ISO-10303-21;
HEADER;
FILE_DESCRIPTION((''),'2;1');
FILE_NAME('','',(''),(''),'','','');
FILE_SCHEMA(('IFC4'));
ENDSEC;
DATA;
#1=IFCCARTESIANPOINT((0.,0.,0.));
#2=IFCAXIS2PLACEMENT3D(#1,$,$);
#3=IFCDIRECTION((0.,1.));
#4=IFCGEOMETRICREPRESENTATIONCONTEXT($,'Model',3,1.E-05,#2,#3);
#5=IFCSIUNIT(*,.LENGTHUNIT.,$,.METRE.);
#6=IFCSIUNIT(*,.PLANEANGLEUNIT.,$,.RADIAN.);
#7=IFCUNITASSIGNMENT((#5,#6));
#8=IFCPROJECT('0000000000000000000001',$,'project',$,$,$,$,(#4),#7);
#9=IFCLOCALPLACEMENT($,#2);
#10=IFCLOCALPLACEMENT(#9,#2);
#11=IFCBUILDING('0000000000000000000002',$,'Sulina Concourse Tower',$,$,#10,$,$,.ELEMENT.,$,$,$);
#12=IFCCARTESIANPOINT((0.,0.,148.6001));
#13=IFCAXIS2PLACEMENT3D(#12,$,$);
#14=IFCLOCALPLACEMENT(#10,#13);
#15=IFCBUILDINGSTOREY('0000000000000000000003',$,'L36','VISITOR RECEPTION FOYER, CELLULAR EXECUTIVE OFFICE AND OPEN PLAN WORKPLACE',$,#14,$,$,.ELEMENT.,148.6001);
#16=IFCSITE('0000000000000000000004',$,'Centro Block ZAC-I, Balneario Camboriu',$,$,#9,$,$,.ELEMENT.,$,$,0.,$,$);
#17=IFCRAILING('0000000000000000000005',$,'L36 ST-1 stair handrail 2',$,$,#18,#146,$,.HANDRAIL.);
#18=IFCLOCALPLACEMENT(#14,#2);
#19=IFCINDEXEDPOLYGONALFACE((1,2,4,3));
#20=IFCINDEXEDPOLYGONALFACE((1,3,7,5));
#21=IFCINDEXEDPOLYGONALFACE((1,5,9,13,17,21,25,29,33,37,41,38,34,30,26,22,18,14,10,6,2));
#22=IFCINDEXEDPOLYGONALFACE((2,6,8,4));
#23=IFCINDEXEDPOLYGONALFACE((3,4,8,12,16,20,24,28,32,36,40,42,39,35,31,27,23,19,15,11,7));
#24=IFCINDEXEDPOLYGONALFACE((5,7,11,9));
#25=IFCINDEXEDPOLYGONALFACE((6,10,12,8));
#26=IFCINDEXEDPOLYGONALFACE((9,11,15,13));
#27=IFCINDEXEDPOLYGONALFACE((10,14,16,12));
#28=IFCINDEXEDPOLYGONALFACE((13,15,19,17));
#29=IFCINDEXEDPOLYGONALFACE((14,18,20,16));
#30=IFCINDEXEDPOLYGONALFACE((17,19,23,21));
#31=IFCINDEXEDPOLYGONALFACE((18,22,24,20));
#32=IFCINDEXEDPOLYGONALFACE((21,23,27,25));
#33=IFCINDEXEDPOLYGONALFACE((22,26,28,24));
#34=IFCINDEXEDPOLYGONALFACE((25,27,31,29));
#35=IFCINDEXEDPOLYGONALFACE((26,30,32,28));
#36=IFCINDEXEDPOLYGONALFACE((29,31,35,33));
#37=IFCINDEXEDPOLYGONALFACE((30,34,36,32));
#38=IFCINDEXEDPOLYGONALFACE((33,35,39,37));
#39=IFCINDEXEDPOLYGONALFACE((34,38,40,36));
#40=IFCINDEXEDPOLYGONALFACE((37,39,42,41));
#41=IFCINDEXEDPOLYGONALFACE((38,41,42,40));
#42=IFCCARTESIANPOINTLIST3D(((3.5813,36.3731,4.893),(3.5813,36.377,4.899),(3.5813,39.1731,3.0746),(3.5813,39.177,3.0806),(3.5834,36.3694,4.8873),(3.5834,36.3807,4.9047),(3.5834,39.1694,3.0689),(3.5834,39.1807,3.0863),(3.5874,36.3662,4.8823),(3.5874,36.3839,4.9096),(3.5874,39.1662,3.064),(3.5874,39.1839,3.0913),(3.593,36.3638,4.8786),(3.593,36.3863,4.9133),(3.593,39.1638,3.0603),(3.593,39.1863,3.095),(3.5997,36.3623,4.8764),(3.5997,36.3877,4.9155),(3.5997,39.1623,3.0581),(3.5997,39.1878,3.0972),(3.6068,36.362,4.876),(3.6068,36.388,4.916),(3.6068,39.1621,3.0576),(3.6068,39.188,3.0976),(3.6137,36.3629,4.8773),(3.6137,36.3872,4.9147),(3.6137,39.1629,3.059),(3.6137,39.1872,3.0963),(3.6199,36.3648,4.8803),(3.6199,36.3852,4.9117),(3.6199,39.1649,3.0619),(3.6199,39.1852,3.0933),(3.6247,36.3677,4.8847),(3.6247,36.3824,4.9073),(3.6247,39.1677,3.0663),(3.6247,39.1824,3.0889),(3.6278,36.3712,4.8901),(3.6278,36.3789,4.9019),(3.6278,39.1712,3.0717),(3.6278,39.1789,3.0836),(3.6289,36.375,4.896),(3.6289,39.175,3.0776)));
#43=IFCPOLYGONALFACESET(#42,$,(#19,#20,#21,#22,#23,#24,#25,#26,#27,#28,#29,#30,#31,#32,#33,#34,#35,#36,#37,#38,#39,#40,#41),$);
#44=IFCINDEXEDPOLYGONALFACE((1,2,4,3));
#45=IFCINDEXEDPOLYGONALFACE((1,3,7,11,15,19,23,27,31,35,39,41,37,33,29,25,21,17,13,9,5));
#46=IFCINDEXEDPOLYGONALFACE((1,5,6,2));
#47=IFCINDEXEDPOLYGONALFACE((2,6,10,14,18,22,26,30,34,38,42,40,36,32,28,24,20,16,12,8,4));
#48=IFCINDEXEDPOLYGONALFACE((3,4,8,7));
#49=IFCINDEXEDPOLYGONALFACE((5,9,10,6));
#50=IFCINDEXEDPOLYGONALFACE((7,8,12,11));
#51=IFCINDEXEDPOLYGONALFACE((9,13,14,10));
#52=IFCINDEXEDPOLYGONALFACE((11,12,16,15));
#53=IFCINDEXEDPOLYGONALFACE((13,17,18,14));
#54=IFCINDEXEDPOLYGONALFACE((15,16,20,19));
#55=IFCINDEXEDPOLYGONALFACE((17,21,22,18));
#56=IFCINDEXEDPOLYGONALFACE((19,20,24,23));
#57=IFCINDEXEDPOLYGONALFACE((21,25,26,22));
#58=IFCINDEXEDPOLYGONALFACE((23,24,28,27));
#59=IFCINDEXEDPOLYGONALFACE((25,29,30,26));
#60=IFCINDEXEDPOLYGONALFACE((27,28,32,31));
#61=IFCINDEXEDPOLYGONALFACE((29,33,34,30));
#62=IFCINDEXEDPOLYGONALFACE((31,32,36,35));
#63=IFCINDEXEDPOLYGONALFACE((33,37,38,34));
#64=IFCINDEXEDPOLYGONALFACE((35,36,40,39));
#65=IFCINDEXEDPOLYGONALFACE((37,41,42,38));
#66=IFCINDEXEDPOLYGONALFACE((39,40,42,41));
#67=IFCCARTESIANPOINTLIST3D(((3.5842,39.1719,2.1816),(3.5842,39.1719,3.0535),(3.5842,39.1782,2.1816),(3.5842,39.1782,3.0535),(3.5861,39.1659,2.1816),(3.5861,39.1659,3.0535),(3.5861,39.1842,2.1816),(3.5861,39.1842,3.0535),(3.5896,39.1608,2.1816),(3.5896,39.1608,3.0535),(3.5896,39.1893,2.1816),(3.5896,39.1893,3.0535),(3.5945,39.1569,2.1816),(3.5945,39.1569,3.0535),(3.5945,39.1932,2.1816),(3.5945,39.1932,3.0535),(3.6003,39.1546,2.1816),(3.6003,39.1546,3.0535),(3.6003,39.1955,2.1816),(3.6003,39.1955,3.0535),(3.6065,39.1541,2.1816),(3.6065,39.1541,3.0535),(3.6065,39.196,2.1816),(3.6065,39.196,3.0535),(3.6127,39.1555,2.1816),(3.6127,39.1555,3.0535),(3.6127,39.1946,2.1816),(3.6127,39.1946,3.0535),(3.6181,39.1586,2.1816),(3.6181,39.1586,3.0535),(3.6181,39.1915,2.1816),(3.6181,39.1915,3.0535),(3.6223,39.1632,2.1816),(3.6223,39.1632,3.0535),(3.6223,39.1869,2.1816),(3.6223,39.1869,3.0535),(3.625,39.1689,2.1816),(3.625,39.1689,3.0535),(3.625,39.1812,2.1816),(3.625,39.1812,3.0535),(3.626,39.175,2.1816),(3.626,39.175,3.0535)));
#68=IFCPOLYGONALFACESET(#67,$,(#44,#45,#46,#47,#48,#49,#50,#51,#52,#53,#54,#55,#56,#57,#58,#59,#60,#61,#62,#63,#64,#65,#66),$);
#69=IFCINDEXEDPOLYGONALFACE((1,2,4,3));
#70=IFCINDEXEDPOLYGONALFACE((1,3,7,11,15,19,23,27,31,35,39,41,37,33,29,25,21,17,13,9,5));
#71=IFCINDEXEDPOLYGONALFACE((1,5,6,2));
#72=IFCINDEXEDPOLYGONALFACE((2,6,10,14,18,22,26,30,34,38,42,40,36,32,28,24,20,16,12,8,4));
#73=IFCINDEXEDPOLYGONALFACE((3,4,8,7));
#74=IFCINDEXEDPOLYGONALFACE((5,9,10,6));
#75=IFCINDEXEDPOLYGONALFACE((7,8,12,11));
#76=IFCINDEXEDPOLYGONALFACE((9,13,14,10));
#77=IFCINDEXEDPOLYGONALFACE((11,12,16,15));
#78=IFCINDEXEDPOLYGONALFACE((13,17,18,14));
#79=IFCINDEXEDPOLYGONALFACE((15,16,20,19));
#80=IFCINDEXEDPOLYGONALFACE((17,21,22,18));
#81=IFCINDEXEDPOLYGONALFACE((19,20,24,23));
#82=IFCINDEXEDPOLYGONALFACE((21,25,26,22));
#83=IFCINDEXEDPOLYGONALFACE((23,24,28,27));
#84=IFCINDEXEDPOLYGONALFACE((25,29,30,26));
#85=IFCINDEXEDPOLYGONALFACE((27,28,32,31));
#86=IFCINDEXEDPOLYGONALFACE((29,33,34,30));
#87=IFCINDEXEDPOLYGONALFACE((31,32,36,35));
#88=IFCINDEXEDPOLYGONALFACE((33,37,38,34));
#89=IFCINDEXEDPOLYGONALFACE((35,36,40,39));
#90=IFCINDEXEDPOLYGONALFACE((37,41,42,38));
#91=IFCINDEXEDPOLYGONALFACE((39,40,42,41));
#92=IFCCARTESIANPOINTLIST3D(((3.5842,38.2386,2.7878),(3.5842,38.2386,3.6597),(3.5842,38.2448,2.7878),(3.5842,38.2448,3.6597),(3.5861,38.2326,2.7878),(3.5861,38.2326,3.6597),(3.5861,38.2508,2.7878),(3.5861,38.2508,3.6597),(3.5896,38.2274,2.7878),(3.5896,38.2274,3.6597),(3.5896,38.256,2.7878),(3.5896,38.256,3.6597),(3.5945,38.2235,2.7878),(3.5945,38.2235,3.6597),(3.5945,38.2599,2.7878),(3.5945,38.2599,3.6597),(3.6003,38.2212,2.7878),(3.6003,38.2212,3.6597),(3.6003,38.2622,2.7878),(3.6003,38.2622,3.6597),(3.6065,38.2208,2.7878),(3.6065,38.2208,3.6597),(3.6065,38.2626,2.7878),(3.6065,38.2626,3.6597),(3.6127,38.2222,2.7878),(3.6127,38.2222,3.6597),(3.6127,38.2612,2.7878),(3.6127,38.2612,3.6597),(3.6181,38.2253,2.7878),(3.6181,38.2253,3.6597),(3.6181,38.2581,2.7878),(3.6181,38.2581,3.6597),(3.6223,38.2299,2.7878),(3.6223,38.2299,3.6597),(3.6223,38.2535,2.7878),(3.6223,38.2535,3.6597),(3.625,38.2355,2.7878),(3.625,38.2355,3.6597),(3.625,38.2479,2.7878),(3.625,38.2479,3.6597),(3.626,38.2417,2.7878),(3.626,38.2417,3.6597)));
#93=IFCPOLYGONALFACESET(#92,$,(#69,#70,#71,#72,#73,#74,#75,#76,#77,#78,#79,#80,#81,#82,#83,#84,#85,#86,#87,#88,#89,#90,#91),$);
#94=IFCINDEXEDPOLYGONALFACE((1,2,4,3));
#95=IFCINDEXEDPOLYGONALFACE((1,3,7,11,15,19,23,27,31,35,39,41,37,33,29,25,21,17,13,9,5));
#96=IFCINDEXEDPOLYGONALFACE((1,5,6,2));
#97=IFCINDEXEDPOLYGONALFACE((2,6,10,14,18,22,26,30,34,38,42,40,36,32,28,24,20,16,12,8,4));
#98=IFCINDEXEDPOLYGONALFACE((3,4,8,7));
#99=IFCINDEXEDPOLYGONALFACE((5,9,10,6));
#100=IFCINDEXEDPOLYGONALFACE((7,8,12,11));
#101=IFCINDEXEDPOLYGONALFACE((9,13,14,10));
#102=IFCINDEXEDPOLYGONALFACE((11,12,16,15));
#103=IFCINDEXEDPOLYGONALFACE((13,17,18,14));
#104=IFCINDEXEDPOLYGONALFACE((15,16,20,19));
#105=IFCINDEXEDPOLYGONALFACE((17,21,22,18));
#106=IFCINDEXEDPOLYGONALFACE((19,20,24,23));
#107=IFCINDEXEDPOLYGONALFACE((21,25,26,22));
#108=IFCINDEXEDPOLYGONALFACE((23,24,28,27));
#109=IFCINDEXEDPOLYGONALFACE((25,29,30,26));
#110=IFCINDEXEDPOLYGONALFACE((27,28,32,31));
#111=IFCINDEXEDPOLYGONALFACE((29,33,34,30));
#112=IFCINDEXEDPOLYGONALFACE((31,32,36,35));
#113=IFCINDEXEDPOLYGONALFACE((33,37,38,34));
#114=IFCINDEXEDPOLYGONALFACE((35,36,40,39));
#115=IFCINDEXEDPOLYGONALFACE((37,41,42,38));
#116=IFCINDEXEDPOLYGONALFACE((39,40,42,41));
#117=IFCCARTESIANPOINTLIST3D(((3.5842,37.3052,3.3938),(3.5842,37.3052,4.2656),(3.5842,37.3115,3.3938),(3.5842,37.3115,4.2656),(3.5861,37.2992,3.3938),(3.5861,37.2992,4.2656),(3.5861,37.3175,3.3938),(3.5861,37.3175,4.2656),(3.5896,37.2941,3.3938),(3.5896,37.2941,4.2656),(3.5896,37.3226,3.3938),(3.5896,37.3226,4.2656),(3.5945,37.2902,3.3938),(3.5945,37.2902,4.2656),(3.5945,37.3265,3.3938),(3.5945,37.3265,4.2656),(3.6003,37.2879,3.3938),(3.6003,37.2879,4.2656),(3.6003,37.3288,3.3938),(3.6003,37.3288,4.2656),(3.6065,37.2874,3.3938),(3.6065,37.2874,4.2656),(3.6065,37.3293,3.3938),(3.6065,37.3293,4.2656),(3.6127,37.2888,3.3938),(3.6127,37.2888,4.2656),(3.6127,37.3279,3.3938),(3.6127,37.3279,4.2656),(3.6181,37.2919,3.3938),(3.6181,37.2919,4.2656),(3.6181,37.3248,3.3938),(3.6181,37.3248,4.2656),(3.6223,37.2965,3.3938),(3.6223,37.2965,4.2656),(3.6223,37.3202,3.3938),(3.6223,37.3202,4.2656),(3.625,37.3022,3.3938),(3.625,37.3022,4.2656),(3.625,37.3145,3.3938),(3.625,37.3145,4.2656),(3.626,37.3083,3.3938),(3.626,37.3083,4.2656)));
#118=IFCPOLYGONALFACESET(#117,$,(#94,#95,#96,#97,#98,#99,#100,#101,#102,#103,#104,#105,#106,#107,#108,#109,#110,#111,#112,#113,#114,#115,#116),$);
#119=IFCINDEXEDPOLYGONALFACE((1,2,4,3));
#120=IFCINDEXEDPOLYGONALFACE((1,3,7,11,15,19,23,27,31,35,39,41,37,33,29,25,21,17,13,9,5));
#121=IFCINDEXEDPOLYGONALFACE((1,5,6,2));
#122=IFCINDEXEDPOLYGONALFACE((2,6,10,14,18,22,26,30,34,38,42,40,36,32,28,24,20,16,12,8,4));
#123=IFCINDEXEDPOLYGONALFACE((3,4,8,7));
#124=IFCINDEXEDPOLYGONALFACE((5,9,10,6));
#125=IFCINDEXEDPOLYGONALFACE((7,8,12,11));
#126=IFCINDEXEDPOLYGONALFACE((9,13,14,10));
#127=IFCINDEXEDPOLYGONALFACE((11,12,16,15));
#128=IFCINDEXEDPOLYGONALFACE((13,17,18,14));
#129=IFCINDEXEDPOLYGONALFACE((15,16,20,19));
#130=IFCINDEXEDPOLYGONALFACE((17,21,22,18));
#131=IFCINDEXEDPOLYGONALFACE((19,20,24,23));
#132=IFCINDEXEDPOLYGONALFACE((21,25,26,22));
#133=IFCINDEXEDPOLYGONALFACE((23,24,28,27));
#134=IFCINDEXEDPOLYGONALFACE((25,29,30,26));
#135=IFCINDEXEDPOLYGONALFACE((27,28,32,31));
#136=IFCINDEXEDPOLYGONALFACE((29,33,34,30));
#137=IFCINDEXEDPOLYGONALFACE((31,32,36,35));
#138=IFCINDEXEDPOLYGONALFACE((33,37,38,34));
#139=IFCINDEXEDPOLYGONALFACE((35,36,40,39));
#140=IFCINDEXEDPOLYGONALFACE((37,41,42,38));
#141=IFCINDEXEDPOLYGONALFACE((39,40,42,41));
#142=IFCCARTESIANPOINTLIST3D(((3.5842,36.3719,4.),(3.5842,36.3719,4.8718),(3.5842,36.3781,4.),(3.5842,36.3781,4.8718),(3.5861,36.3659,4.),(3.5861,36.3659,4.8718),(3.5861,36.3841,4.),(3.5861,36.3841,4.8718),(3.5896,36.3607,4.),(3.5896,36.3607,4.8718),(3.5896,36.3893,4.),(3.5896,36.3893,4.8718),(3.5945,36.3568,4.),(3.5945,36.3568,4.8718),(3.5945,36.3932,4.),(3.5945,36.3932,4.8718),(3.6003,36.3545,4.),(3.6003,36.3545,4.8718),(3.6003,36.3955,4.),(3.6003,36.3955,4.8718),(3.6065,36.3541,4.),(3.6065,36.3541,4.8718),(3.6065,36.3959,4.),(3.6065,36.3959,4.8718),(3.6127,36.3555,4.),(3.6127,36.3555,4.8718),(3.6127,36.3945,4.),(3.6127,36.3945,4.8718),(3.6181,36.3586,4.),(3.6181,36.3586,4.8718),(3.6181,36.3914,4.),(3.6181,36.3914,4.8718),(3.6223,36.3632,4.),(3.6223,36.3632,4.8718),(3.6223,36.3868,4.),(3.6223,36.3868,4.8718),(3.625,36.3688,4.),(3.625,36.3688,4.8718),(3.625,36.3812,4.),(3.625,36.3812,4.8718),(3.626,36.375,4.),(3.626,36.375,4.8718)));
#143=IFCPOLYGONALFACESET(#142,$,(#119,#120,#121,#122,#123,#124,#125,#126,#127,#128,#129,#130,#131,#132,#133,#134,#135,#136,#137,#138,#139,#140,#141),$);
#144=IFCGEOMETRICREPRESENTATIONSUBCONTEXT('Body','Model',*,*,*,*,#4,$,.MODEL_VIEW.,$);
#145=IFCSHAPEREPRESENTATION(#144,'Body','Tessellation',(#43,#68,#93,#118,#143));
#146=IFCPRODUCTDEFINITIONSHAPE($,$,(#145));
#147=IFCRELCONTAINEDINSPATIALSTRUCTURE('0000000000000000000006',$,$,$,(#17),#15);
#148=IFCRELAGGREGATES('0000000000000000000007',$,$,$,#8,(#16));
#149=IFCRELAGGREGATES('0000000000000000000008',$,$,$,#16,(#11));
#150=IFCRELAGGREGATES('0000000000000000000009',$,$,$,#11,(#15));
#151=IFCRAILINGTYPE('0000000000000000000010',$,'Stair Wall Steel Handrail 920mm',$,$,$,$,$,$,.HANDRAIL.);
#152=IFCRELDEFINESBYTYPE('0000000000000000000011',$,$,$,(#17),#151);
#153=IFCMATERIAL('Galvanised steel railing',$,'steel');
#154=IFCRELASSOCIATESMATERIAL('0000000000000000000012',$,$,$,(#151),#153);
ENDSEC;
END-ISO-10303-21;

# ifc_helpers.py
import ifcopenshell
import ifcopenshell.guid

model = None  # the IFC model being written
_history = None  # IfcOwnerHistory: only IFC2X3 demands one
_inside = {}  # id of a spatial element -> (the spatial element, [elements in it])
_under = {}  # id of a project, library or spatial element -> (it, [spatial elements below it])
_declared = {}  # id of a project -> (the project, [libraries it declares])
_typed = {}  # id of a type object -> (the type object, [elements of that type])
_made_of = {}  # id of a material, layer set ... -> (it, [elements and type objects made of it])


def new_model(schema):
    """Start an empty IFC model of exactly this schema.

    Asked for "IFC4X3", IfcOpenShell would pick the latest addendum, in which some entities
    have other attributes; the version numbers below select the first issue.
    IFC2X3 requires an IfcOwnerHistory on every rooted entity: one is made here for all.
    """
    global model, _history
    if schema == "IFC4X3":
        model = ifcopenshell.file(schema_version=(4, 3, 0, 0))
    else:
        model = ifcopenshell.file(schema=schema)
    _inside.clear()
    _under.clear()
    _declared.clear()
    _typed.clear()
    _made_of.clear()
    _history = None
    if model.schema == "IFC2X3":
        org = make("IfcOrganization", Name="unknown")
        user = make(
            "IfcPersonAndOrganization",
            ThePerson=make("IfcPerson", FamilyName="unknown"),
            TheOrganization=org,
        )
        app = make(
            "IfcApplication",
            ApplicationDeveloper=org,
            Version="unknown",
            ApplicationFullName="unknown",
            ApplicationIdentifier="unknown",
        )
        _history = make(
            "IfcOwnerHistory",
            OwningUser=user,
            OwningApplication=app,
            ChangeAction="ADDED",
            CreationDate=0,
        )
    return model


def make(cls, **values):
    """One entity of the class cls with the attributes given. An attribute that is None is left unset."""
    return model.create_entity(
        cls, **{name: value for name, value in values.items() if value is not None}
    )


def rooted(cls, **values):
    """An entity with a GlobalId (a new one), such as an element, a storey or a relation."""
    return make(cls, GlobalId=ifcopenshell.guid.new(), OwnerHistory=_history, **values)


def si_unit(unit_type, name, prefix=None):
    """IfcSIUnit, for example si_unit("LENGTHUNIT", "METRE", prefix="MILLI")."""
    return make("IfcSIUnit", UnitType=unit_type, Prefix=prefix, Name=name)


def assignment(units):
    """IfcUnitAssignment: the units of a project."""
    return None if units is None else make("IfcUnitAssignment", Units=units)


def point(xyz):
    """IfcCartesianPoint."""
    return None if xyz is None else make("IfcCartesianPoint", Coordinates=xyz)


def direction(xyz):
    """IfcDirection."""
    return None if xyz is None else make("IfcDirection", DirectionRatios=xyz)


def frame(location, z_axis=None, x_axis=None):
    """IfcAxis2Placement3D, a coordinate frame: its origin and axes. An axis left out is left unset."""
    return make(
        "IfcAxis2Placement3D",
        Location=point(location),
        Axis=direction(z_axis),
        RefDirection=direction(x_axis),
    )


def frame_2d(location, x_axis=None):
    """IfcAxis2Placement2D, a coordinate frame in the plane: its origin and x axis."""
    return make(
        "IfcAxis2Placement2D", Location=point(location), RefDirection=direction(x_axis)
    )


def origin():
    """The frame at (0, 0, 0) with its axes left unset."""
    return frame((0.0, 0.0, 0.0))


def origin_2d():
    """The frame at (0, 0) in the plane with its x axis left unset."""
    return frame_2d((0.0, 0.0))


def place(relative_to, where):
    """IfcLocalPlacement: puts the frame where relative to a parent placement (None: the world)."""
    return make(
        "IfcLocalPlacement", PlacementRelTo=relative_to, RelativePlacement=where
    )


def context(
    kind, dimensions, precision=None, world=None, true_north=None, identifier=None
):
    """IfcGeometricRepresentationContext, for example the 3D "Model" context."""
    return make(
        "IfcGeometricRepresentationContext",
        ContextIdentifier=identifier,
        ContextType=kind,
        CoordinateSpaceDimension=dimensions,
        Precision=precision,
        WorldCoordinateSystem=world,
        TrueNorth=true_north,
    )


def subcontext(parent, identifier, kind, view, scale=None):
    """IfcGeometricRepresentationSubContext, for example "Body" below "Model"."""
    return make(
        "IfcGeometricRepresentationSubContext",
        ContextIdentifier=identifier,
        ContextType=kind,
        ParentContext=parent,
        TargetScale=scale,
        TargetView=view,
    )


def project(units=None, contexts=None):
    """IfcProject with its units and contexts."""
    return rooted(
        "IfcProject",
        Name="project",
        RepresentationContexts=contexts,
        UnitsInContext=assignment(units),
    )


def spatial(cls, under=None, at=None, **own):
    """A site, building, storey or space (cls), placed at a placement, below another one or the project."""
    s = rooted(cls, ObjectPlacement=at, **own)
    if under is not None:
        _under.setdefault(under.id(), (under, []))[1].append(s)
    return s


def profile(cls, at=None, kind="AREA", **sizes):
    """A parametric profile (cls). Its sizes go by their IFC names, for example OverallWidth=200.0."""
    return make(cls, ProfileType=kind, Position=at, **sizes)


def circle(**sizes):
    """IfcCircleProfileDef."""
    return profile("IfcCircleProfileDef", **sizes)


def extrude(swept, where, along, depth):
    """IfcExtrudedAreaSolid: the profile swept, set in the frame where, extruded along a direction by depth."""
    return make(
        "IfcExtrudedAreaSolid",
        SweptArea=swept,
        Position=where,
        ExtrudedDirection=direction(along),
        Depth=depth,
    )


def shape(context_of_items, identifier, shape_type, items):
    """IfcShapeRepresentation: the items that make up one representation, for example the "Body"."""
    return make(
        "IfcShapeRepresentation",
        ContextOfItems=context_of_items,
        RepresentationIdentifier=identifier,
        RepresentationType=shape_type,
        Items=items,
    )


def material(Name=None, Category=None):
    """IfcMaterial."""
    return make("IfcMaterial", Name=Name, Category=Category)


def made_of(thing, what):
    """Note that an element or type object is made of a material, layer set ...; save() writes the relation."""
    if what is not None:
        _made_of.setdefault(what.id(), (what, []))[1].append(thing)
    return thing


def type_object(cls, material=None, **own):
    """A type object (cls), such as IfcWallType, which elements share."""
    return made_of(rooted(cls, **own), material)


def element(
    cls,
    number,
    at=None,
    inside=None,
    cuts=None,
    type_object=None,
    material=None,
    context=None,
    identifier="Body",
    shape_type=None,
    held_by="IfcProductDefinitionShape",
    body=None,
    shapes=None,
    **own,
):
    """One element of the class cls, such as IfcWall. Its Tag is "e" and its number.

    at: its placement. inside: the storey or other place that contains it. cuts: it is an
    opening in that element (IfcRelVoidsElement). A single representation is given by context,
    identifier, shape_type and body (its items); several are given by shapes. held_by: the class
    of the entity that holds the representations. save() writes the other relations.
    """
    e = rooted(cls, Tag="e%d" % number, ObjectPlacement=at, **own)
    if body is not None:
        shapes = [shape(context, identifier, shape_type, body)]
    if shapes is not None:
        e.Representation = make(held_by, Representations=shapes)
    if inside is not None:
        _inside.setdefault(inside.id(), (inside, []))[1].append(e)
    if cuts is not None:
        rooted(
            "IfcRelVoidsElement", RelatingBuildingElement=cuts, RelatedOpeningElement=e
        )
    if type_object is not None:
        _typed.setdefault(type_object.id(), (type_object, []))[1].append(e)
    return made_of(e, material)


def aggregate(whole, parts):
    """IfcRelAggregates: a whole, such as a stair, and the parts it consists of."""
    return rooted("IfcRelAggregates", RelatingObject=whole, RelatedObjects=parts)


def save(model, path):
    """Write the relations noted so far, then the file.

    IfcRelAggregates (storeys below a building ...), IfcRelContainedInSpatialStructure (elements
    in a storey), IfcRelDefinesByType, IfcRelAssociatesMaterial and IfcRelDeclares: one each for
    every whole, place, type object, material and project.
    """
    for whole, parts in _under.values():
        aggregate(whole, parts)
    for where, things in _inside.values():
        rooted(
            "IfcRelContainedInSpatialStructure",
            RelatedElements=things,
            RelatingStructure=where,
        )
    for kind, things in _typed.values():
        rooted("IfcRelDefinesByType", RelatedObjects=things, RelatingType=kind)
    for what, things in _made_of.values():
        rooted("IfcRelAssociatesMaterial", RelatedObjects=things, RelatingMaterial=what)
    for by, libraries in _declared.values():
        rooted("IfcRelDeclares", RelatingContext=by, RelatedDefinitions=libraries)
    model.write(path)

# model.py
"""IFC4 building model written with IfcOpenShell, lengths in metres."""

from ifc_helpers import new_model, si_unit, direction, frame, origin, origin_2d, place, context, subcontext, project, spatial, circle, extrude, material, type_object, element, save


model = new_model("IFC4")

# Units and contexts
model_context = context("Model", 3, precision=1e-05, world=origin(), true_north=direction((0.0, 1.0)))
body_context = subcontext(model_context, "Body", "Model", "MODEL_VIEW")
ifc_project = project(units=[si_unit("LENGTHUNIT", "METRE"), si_unit("PLANEANGLEUNIT", "RADIAN")], contexts=[model_context])

# Site, building, storey
site_placement = place(None, origin())
site = spatial("IfcSite", under=ifc_project, at=site_placement, Name="Centro Block ZAC-I, Balneario Camboriu", CompositionType="ELEMENT", RefElevation=0.0)
building_placement = place(site_placement, origin())
building = spatial("IfcBuilding", under=site, at=building_placement, Name="Sulina Concourse Tower", CompositionType="ELEMENT")
storey_placement = place(building_placement, frame((0.0, 0.0, 148.6001)))
storey = spatial("IfcBuildingStorey", under=building, at=storey_placement, Name="L36", Description="VISITOR RECEPTION FOYER, CELLULAR EXECUTIVE OFFICE AND OPEN PLAN WORKPLACE", CompositionType="ELEMENT", Elevation=148.6001)

# Railing
ifc_material_1 = material(Name="Galvanised steel railing", Category="steel")
railing_type_1 = type_object("IfcRailingType", Name="Stair Wall Steel Handrail 920mm", PredefinedType="HANDRAIL", material=ifc_material_1)
railing_1_placement = place(storey_placement, frame((3.605, 39.175, 2.1816)))
element("IfcRailing", 1, at=railing_1_placement, inside=storey, type_object=railing_type_1, Name="L36 ST-1 stair handrail 2", PredefinedType="HANDRAIL", context=body_context, shape_type="SweptSolid", body=[
    extrude(circle(Radius=0.0239, at=origin_2d()), frame((0.0, 0.0, 0.896), z_axis=(0.0, -0.838672, 0.544636), x_axis=(1.0, 0.0, 0.0)), (0.0, 0.0, 1.0), 3.3386),
    extrude(circle(Radius=0.021, at=origin_2d()), origin(), (0.0, 0.0, 1.0), 0.8718),
    extrude(circle(Radius=0.021, at=origin_2d()), frame((0.0, -0.9333, 0.6062)), (0.0, 0.0, 1.0), 0.8718),
    extrude(circle(Radius=0.021, at=origin_2d()), frame((0.0, -1.8667, 1.2122)), (0.0, 0.0, 1.0), 0.8718),
    extrude(circle(Radius=0.021, at=origin_2d()), frame((0.0, -2.8, 1.8184)), (0.0, 0.0, 1.0), 0.8718),
])

save(model, "model.ifc")
